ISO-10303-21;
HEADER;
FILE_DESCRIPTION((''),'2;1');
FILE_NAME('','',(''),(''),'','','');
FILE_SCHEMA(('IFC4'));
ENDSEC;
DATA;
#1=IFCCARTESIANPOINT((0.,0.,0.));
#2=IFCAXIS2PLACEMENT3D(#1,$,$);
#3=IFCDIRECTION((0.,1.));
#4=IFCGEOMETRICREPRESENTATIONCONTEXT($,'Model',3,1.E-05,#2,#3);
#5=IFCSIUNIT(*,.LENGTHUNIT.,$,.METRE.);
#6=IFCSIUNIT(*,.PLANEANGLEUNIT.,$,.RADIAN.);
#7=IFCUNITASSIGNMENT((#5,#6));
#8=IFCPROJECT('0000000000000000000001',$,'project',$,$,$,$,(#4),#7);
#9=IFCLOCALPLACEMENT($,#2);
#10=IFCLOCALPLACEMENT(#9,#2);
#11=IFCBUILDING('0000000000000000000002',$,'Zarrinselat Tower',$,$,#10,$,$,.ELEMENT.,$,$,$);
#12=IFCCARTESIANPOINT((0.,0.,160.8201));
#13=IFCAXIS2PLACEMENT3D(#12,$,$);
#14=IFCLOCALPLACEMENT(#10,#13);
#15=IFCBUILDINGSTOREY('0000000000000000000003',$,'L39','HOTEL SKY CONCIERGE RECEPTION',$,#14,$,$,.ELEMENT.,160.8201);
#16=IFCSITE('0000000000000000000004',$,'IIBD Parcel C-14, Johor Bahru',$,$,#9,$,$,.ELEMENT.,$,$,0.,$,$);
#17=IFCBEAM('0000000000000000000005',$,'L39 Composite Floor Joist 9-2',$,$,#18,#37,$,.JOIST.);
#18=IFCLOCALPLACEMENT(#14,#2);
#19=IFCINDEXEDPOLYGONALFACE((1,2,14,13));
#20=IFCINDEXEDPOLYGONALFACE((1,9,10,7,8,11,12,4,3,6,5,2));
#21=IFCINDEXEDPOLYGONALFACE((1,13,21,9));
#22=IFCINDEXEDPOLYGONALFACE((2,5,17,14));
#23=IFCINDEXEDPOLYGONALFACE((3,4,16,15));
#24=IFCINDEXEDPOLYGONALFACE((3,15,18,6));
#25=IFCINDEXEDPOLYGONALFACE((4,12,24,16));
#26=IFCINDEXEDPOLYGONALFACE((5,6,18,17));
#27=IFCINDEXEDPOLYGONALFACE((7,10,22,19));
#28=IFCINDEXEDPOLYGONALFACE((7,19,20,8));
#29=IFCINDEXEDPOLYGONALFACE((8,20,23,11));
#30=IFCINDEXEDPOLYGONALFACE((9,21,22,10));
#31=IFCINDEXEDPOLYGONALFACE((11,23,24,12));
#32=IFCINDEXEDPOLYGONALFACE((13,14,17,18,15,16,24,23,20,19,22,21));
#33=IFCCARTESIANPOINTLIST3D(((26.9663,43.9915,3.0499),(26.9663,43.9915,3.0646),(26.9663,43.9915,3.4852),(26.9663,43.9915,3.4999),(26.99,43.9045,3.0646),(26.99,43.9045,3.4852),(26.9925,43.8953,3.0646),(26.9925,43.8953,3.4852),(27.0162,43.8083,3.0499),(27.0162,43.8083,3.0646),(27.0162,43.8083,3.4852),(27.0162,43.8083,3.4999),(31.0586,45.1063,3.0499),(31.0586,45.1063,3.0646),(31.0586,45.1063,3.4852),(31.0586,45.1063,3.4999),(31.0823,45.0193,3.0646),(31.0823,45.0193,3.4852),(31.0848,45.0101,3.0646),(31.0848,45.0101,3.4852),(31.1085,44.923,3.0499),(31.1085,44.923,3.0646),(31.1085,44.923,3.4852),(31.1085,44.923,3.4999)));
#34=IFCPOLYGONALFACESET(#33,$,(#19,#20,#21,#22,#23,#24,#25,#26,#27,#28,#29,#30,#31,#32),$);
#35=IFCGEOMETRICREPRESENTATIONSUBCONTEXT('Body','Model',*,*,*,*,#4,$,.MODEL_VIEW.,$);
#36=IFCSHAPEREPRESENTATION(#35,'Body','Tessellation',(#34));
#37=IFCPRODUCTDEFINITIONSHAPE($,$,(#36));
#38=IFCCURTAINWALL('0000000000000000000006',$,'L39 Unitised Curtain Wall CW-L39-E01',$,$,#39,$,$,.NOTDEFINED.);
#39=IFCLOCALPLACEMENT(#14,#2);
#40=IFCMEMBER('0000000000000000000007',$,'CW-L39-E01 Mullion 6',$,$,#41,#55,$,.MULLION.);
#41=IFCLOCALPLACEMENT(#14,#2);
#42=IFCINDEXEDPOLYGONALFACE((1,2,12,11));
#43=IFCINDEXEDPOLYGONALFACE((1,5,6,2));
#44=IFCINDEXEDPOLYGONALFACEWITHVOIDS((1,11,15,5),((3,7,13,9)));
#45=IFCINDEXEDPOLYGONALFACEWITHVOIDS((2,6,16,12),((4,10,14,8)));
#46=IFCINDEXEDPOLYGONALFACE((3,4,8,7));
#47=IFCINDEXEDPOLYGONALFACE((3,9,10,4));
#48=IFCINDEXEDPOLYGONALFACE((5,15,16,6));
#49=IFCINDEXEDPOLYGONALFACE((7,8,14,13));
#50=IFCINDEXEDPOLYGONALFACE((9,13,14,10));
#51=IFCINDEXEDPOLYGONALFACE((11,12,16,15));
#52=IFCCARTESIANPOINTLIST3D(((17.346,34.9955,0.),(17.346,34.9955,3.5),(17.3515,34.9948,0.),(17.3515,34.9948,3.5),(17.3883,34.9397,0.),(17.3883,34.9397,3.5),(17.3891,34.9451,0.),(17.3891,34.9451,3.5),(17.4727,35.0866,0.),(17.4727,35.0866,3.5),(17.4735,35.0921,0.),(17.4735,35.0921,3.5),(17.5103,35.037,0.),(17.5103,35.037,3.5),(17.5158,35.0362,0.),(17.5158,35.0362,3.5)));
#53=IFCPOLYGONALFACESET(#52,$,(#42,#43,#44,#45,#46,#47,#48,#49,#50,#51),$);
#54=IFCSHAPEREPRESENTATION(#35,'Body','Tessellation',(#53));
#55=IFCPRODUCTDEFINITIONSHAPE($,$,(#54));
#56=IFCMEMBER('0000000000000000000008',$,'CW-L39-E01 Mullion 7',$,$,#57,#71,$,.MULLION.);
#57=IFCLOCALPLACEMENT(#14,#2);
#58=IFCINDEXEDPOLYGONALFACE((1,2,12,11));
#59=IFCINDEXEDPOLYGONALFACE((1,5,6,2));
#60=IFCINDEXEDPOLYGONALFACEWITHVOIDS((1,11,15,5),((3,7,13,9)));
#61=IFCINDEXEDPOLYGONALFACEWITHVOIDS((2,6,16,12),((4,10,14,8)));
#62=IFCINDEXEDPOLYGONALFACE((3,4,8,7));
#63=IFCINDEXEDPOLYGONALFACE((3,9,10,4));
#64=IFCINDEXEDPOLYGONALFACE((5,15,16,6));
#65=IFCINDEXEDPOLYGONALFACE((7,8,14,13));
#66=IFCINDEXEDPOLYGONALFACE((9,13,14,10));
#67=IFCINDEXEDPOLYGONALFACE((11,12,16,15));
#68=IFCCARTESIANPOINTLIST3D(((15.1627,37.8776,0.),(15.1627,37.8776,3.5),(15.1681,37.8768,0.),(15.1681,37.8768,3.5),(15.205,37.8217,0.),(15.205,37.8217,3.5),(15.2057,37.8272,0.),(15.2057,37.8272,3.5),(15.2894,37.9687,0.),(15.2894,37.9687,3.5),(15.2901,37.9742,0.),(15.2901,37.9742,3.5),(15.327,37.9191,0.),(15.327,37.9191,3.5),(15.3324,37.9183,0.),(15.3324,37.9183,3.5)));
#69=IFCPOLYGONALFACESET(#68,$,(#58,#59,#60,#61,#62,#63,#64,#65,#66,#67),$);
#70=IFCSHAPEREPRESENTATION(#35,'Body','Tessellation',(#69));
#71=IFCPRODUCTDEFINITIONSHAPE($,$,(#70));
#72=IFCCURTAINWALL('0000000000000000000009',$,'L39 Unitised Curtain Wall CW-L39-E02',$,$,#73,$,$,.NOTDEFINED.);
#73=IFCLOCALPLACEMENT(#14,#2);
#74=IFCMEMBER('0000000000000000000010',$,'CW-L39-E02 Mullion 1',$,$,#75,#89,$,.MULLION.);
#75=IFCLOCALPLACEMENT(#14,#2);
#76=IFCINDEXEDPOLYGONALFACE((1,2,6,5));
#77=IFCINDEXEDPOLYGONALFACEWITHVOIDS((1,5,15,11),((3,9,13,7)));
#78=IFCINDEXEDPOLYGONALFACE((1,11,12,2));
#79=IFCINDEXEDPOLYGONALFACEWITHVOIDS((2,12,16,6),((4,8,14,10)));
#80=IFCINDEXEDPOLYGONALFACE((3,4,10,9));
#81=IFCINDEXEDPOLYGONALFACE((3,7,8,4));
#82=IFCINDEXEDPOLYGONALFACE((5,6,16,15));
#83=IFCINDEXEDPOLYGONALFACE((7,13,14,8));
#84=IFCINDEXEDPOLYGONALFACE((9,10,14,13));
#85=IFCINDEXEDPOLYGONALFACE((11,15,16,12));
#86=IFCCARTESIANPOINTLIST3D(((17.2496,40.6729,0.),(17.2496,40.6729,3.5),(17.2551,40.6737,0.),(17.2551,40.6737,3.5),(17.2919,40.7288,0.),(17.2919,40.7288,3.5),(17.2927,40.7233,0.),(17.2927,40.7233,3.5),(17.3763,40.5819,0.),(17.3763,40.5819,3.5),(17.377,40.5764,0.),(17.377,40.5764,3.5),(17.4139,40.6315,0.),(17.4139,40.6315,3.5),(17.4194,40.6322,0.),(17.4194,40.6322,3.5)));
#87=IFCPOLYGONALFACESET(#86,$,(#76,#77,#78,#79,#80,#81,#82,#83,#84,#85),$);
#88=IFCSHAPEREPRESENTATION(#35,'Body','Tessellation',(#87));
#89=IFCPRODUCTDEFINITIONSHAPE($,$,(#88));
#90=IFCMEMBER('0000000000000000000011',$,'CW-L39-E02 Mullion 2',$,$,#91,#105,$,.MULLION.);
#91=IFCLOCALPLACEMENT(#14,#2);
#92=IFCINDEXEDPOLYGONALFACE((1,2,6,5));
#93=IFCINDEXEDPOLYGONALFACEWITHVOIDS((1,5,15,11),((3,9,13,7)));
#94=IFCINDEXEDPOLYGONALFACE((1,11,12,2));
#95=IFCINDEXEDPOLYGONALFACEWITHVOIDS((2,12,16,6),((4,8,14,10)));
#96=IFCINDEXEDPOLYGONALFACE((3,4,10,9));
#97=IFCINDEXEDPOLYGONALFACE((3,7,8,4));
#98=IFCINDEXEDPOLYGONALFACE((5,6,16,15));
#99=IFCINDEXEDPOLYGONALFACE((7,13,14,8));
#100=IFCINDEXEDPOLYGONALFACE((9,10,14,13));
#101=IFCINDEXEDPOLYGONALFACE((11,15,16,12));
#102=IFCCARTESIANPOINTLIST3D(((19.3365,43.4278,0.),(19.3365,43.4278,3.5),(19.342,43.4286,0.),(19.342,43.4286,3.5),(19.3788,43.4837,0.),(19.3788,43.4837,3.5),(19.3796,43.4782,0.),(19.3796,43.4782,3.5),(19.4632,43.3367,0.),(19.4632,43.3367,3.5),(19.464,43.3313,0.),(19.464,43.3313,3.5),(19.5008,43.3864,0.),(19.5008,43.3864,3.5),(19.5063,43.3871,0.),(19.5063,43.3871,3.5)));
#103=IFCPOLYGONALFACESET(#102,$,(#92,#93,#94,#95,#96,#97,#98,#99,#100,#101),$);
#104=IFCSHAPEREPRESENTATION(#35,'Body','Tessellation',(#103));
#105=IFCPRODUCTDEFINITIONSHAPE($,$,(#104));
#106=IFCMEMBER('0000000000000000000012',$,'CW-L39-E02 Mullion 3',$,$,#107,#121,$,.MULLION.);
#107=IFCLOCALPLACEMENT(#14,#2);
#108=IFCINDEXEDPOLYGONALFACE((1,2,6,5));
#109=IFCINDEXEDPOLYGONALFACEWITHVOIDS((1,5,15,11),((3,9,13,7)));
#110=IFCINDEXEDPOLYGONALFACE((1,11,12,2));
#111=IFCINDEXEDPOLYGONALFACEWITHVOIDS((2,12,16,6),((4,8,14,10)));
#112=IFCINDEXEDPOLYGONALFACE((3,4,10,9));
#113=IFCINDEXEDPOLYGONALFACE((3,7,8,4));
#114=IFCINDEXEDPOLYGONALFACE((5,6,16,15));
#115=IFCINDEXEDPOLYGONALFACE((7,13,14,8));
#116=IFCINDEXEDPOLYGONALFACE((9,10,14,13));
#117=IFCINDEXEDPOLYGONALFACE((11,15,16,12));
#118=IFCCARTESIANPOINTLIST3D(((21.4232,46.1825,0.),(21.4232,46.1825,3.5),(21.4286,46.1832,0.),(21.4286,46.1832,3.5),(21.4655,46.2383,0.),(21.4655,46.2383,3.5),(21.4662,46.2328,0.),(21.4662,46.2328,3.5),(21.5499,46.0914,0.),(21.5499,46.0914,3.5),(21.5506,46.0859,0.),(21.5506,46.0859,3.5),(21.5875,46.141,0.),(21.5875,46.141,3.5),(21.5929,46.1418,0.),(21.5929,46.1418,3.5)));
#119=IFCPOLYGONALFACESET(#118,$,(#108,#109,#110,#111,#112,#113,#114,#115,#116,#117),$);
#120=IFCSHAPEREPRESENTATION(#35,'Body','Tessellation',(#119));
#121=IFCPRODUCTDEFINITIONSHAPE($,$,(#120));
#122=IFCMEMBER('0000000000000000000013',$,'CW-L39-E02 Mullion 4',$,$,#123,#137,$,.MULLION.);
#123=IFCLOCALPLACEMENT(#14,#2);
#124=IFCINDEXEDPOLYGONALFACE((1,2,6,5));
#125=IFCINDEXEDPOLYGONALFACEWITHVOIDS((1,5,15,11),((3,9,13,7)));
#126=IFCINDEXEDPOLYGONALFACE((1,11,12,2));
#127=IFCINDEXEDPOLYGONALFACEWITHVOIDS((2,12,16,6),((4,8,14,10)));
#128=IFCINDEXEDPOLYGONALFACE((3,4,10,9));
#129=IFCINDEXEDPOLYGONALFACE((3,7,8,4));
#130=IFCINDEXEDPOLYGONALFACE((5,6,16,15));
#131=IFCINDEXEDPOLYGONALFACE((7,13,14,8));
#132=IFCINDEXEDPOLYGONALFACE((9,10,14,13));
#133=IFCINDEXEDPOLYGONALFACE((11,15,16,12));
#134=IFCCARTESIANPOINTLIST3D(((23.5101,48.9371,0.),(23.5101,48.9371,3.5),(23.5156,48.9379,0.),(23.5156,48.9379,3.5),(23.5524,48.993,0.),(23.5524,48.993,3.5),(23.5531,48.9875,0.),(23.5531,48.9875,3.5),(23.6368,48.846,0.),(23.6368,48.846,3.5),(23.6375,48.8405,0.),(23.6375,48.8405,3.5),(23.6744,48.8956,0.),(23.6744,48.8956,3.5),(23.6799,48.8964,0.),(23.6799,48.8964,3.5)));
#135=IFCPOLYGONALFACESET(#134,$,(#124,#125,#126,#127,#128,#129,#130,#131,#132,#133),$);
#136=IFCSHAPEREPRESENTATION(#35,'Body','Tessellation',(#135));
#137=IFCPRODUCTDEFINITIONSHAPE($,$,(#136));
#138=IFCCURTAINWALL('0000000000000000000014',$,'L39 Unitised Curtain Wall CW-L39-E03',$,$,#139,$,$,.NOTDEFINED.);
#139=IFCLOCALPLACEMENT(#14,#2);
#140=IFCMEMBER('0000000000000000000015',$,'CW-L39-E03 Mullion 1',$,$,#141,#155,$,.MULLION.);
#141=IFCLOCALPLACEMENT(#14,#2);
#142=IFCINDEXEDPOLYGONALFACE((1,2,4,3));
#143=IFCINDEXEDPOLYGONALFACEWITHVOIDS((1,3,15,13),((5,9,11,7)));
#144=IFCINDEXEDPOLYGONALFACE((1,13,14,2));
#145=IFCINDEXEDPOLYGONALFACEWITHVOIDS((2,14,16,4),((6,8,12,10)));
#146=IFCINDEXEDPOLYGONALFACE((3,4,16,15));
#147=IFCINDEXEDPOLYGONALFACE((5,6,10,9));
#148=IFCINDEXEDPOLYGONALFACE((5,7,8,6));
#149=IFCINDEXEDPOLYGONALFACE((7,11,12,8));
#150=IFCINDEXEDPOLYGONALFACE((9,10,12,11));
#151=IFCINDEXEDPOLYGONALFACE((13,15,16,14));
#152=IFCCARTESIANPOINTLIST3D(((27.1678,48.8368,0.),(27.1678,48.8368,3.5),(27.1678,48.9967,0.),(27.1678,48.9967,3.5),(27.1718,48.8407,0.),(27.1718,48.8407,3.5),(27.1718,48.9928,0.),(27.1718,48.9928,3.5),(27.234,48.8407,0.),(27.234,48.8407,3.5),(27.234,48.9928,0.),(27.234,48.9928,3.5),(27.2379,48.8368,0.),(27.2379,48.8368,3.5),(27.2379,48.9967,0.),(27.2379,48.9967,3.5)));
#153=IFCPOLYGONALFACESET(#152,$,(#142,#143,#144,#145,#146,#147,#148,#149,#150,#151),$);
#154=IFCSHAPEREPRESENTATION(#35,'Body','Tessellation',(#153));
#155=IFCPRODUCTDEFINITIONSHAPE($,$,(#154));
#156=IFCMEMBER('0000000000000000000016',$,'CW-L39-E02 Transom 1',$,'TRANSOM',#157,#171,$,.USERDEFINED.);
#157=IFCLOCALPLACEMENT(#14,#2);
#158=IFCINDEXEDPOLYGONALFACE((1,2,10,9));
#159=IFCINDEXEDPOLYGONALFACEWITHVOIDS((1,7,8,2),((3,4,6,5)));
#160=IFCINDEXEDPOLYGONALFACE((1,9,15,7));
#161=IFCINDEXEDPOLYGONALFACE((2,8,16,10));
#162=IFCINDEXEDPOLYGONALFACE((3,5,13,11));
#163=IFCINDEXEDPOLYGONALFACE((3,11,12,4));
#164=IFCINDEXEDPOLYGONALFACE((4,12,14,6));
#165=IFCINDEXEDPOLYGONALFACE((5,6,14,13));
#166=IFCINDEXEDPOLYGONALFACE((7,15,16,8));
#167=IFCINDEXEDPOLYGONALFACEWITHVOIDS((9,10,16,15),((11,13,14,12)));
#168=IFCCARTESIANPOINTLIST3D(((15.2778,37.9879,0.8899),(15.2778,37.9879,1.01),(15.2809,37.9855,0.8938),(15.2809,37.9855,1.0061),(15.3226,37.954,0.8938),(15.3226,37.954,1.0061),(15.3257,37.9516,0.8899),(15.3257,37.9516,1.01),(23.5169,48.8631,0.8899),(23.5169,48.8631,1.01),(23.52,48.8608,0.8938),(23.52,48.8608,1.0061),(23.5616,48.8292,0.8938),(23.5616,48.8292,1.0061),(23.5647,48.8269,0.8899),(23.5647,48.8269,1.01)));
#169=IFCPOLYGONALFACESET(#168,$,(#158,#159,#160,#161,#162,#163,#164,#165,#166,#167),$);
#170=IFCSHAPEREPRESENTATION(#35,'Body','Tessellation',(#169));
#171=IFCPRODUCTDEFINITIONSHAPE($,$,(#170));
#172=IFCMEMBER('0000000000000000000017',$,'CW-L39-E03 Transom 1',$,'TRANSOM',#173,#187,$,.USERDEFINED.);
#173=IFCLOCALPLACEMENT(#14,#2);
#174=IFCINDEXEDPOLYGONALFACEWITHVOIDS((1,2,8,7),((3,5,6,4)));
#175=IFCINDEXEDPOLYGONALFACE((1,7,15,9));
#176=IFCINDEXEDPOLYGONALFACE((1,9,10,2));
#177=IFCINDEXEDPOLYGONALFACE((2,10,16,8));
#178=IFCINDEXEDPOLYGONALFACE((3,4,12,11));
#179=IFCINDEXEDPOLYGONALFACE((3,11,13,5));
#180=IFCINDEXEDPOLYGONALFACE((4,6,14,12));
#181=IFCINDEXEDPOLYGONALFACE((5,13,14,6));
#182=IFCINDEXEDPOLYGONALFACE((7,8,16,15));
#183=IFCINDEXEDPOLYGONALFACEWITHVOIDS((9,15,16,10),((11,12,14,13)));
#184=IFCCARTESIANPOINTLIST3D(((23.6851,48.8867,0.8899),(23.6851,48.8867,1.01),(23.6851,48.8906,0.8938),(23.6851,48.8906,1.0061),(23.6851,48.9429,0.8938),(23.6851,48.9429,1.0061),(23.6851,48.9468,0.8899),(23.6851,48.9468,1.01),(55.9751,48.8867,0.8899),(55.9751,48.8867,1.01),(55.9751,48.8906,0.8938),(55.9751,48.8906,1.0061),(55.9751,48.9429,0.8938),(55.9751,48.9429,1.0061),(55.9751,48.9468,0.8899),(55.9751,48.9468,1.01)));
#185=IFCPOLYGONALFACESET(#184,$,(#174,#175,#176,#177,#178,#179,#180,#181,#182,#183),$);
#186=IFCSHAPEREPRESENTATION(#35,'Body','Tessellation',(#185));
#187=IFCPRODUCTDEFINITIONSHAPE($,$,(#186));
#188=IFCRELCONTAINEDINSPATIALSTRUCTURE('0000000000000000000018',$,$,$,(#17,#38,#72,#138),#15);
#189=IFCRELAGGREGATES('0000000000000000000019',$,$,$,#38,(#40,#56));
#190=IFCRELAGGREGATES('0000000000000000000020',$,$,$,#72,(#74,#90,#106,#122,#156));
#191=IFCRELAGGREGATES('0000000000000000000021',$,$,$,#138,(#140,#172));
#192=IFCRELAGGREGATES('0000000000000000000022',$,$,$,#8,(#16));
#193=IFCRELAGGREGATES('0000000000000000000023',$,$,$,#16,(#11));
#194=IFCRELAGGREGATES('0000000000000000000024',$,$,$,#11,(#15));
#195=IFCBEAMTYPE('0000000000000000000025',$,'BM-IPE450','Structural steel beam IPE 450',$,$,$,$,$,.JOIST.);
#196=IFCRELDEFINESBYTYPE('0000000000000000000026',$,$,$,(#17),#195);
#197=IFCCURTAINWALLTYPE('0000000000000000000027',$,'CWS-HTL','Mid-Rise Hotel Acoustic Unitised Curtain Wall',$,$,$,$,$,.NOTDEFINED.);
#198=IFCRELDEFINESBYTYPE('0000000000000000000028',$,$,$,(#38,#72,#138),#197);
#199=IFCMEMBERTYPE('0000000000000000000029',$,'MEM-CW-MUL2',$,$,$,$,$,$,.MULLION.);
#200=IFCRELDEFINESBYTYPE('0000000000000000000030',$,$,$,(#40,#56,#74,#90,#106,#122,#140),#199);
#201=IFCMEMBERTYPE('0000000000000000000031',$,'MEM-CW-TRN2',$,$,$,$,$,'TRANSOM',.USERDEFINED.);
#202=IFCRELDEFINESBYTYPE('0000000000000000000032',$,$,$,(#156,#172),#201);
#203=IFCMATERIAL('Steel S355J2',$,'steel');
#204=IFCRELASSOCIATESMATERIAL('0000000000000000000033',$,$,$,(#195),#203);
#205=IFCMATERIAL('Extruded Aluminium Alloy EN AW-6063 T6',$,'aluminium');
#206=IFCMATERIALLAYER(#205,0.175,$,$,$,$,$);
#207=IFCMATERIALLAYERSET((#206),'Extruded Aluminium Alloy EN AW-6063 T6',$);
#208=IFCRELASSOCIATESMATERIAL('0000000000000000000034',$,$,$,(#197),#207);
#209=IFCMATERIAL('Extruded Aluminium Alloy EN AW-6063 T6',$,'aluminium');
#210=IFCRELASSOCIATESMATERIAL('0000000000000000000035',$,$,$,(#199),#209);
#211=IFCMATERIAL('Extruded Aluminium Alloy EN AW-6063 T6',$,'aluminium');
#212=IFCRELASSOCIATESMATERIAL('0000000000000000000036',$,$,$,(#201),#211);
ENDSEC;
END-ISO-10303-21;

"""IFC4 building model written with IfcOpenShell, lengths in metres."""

from ifc_helpers import new_model, si_unit, direction, frame, origin, origin_2d, place, context, subcontext, project, spatial, hollow_rectangle, i_section, extrude, material, layer, layer_set, material_profile, profile_set, type_object, element, aggregate, save


model = new_model("IFC4")

# Units and contexts
model_context = context("Model", 3, precision=1e-05, world=origin(), true_north=direction((0.0, 1.0)))
body_context = subcontext(model_context, "Body", "Model", "MODEL_VIEW")
ifc_project = project(units=[si_unit("LENGTHUNIT", "METRE"), si_unit("PLANEANGLEUNIT", "RADIAN")], contexts=[model_context])

# Site, building, storey
site_placement = place(None, origin())
site = spatial("IfcSite", under=ifc_project, at=site_placement, Name="IIBD Parcel C-14, Johor Bahru", CompositionType="ELEMENT", RefElevation=0.0)
building_placement = place(site_placement, origin())
building = spatial("IfcBuilding", under=site, at=building_placement, Name="Zarrinselat Tower", CompositionType="ELEMENT")
storey_placement = place(building_placement, frame((0.0, 0.0, 160.8201)))
storey = spatial("IfcBuildingStorey", under=building, at=storey_placement, Name="L39", Description="HOTEL SKY CONCIERGE RECEPTION", CompositionType="ELEMENT", Elevation=160.8201)

# Beam
ifc_material_1 = material(Name="Steel S355J2", Category="steel")
ifc_material_profile_1 = material_profile(ifc_material_1, i_section(OverallWidth=0.1899, OverallDepth=0.45, WebThickness=0.0095, FlangeThickness=0.0146, at=origin_2d()), Name="IPE 450")
ifc_profile_set_1 = profile_set([ifc_material_profile_1], Name="Steel S355J2")
beam_type_1 = type_object("IfcBeamType", Name="BM-IPE450", Description="Structural steel beam IPE 450", PredefinedType="JOIST", material=ifc_profile_set_1)
beam_1_placement = place(storey_placement, frame((26.9912, 43.8999, 3.2749), z_axis=(0.964843, 0.262825, 0.0), x_axis=(-0.262825, 0.964843, 0.0)))
element("IfcBeam", 1, at=beam_1_placement, inside=storey, type_object=beam_type_1, Name="L39 Composite Floor Joist 9-2", PredefinedType="JOIST", context=body_context, shape_type="SweptSolid", body=[
    extrude(i_section(OverallWidth=0.1899, OverallDepth=0.45, WebThickness=0.0095, FlangeThickness=0.0146, at=origin_2d()), origin(), (0.0, 0.0, 1.0), 4.2415),
])

# Curtain walls, members
ifc_material_2 = material(Name="Extruded Aluminium Alloy EN AW-6063 T6", Category="aluminium")
ifc_layer_1 = layer(ifc_material_2, 0.175)
ifc_layer_set_1 = layer_set([ifc_layer_1], Name="Extruded Aluminium Alloy EN AW-6063 T6")
curtain_wall_type = type_object("IfcCurtainWallType", Name="CWS-HTL", Description="Mid-Rise Hotel Acoustic Unitised Curtain Wall", PredefinedType="NOTDEFINED", material=ifc_layer_set_1)
curtain_wall_1_placement = place(storey_placement, origin())
curtain_wall_1 = element("IfcCurtainWall", 2, at=curtain_wall_1_placement, inside=storey, type_object=curtain_wall_type, Name="L39 Unitised Curtain Wall CW-L39-E01", PredefinedType="NOTDEFINED")
ifc_material_3 = material(Name="Extruded Aluminium Alloy EN AW-6063 T6", Category="aluminium")
ifc_material_profile_2 = material_profile(ifc_material_3, hollow_rectangle(XDim=0.0701, YDim=0.1599, WallThickness=0.0039, at=origin_2d()), Name="RHS 160x70x4")
ifc_profile_set_2 = profile_set([ifc_material_profile_2], Name="Extruded Aluminium Alloy EN AW-6063 T6")
member_type_1 = type_object("IfcMemberType", Name="MEM-CW-MUL2", PredefinedType="MULLION", material=ifc_profile_set_2)
member_1_placement = place(storey_placement, frame((17.4309, 35.0159, 0.0), z_axis=(0.0, 0.0, 1.0), x_axis=(-0.603858, 0.797092, 0.0)))
member_1 = element("IfcMember", 3, at=member_1_placement, type_object=member_type_1, Name="CW-L39-E01 Mullion 6", PredefinedType="MULLION", context=body_context, shape_type="SweptSolid", body=[
    extrude(hollow_rectangle(XDim=0.0701, YDim=0.1599, WallThickness=0.0039, at=origin_2d()), origin(), (0.0, 0.0, 1.0), 3.5),
])
member_2_placement = place(storey_placement, frame((15.2476, 37.8979, 0.0), z_axis=(0.0, 0.0, 1.0), x_axis=(-0.603858, 0.797092, 0.0)))
member_2 = element("IfcMember", 4, at=member_2_placement, type_object=member_type_1, Name="CW-L39-E01 Mullion 7", PredefinedType="MULLION", context=body_context, shape_type="SweptSolid", body=[
    extrude(hollow_rectangle(XDim=0.0701, YDim=0.1599, WallThickness=0.0039, at=origin_2d()), origin(), (0.0, 0.0, 1.0), 3.5),
])
curtain_wall_2_placement = place(storey_placement, origin())
curtain_wall_2 = element("IfcCurtainWall", 5, at=curtain_wall_2_placement, inside=storey, type_object=curtain_wall_type, Name="L39 Unitised Curtain Wall CW-L39-E02", PredefinedType="NOTDEFINED")
member_3_placement = place(storey_placement, frame((17.3345, 40.6526, 0.0), z_axis=(0.0, 0.0, 1.0), x_axis=(0.603858, 0.797092, 0.0)))
member_3 = element("IfcMember", 6, at=member_3_placement, type_object=member_type_1, Name="CW-L39-E02 Mullion 1", PredefinedType="MULLION", context=body_context, shape_type="SweptSolid", body=[
    extrude(hollow_rectangle(XDim=0.0701, YDim=0.1599, WallThickness=0.0039, at=origin_2d()), origin(), (0.0, 0.0, 1.0), 3.5),
])
member_4_placement = place(storey_placement, frame((19.4214, 43.4075, 0.0), z_axis=(0.0, 0.0, 1.0), x_axis=(0.603858, 0.797092, 0.0)))
member_4 = element("IfcMember", 7, at=member_4_placement, type_object=member_type_1, Name="CW-L39-E02 Mullion 2", PredefinedType="MULLION", context=body_context, shape_type="SweptSolid", body=[
    extrude(hollow_rectangle(XDim=0.0701, YDim=0.1599, WallThickness=0.0039, at=origin_2d()), origin(), (0.0, 0.0, 1.0), 3.5),
])
member_5_placement = place(storey_placement, frame((21.5081, 46.1621, 0.0), z_axis=(0.0, 0.0, 1.0), x_axis=(0.603858, 0.797092, 0.0)))
member_5 = element("IfcMember", 8, at=member_5_placement, type_object=member_type_1, Name="CW-L39-E02 Mullion 3", PredefinedType="MULLION", context=body_context, shape_type="SweptSolid", body=[
    extrude(hollow_rectangle(XDim=0.0701, YDim=0.1599, WallThickness=0.0039, at=origin_2d()), origin(), (0.0, 0.0, 1.0), 3.5),
])
member_6_placement = place(storey_placement, frame((23.595, 48.9167, 0.0), z_axis=(0.0, 0.0, 1.0), x_axis=(0.603858, 0.797092, 0.0)))
member_6 = element("IfcMember", 9, at=member_6_placement, type_object=member_type_1, Name="CW-L39-E02 Mullion 4", PredefinedType="MULLION", context=body_context, shape_type="SweptSolid", body=[
    extrude(hollow_rectangle(XDim=0.0701, YDim=0.1599, WallThickness=0.0039, at=origin_2d()), origin(), (0.0, 0.0, 1.0), 3.5),
])

# Curtain wall, member
curtain_wall_3_placement = place(storey_placement, origin())
curtain_wall_3 = element("IfcCurtainWall", 10, at=curtain_wall_3_placement, inside=storey, type_object=curtain_wall_type, Name="L39 Unitised Curtain Wall CW-L39-E03", PredefinedType="NOTDEFINED")
member_7_placement = place(storey_placement, frame((27.2029, 48.9167, 0.0), z_axis=(0.0, 0.0, 1.0), x_axis=(1.0, 0.0, 0.0)))
member_7 = element("IfcMember", 11, at=member_7_placement, type_object=member_type_1, Name="CW-L39-E03 Mullion 1", PredefinedType="MULLION", context=body_context, shape_type="SweptSolid", body=[
    extrude(hollow_rectangle(XDim=0.0701, YDim=0.1599, WallThickness=0.0039, at=origin_2d()), origin(), (0.0, 0.0, 1.0), 3.5),
])

# Members
ifc_material_4 = material(Name="Extruded Aluminium Alloy EN AW-6063 T6", Category="aluminium")
ifc_material_profile_3 = material_profile(ifc_material_4, hollow_rectangle(XDim=0.0601, YDim=0.1201, WallThickness=0.0039, at=origin_2d()), Name="RHS 120x60x4")
ifc_profile_set_3 = profile_set([ifc_material_profile_3], Name="Extruded Aluminium Alloy EN AW-6063 T6")
member_type_2 = type_object("IfcMemberType", Name="MEM-CW-TRN2", ElementType="TRANSOM", PredefinedType="USERDEFINED", material=ifc_profile_set_3)
member_8_placement = place(storey_placement, frame((15.3018, 37.9697, 0.95), z_axis=(0.603867, 0.797085, 0.0), x_axis=(-0.797085, 0.603867, 0.0)))
member_8 = element("IfcMember", 12, at=member_8_placement, type_object=member_type_2, Name="CW-L39-E02 Transom 1", ObjectType="TRANSOM", PredefinedType="USERDEFINED", context=body_context, shape_type="SweptSolid", body=[
    extrude(hollow_rectangle(XDim=0.0601, YDim=0.1201, WallThickness=0.0039, at=origin_2d()), origin(), (0.0, 0.0, 1.0), 13.6438),
])
member_9_placement = place(storey_placement, frame((23.6851, 48.9167, 0.95), z_axis=(1.0, 0.0, 0.0), x_axis=(0.0, 1.0, 0.0)))
member_9 = element("IfcMember", 13, at=member_9_placement, type_object=member_type_2, Name="CW-L39-E03 Transom 1", ObjectType="TRANSOM", PredefinedType="USERDEFINED", context=body_context, shape_type="SweptSolid", body=[
    extrude(hollow_rectangle(XDim=0.0601, YDim=0.1201, WallThickness=0.0039, at=origin_2d()), origin(), (0.0, 0.0, 1.0), 32.29),
])

aggregate(curtain_wall_1, [member_1, member_2])
aggregate(curtain_wall_2, [member_3, member_4, member_5, member_6, member_8])
aggregate(curtain_wall_3, [member_7, member_9])

save(model, "model.ifc")
